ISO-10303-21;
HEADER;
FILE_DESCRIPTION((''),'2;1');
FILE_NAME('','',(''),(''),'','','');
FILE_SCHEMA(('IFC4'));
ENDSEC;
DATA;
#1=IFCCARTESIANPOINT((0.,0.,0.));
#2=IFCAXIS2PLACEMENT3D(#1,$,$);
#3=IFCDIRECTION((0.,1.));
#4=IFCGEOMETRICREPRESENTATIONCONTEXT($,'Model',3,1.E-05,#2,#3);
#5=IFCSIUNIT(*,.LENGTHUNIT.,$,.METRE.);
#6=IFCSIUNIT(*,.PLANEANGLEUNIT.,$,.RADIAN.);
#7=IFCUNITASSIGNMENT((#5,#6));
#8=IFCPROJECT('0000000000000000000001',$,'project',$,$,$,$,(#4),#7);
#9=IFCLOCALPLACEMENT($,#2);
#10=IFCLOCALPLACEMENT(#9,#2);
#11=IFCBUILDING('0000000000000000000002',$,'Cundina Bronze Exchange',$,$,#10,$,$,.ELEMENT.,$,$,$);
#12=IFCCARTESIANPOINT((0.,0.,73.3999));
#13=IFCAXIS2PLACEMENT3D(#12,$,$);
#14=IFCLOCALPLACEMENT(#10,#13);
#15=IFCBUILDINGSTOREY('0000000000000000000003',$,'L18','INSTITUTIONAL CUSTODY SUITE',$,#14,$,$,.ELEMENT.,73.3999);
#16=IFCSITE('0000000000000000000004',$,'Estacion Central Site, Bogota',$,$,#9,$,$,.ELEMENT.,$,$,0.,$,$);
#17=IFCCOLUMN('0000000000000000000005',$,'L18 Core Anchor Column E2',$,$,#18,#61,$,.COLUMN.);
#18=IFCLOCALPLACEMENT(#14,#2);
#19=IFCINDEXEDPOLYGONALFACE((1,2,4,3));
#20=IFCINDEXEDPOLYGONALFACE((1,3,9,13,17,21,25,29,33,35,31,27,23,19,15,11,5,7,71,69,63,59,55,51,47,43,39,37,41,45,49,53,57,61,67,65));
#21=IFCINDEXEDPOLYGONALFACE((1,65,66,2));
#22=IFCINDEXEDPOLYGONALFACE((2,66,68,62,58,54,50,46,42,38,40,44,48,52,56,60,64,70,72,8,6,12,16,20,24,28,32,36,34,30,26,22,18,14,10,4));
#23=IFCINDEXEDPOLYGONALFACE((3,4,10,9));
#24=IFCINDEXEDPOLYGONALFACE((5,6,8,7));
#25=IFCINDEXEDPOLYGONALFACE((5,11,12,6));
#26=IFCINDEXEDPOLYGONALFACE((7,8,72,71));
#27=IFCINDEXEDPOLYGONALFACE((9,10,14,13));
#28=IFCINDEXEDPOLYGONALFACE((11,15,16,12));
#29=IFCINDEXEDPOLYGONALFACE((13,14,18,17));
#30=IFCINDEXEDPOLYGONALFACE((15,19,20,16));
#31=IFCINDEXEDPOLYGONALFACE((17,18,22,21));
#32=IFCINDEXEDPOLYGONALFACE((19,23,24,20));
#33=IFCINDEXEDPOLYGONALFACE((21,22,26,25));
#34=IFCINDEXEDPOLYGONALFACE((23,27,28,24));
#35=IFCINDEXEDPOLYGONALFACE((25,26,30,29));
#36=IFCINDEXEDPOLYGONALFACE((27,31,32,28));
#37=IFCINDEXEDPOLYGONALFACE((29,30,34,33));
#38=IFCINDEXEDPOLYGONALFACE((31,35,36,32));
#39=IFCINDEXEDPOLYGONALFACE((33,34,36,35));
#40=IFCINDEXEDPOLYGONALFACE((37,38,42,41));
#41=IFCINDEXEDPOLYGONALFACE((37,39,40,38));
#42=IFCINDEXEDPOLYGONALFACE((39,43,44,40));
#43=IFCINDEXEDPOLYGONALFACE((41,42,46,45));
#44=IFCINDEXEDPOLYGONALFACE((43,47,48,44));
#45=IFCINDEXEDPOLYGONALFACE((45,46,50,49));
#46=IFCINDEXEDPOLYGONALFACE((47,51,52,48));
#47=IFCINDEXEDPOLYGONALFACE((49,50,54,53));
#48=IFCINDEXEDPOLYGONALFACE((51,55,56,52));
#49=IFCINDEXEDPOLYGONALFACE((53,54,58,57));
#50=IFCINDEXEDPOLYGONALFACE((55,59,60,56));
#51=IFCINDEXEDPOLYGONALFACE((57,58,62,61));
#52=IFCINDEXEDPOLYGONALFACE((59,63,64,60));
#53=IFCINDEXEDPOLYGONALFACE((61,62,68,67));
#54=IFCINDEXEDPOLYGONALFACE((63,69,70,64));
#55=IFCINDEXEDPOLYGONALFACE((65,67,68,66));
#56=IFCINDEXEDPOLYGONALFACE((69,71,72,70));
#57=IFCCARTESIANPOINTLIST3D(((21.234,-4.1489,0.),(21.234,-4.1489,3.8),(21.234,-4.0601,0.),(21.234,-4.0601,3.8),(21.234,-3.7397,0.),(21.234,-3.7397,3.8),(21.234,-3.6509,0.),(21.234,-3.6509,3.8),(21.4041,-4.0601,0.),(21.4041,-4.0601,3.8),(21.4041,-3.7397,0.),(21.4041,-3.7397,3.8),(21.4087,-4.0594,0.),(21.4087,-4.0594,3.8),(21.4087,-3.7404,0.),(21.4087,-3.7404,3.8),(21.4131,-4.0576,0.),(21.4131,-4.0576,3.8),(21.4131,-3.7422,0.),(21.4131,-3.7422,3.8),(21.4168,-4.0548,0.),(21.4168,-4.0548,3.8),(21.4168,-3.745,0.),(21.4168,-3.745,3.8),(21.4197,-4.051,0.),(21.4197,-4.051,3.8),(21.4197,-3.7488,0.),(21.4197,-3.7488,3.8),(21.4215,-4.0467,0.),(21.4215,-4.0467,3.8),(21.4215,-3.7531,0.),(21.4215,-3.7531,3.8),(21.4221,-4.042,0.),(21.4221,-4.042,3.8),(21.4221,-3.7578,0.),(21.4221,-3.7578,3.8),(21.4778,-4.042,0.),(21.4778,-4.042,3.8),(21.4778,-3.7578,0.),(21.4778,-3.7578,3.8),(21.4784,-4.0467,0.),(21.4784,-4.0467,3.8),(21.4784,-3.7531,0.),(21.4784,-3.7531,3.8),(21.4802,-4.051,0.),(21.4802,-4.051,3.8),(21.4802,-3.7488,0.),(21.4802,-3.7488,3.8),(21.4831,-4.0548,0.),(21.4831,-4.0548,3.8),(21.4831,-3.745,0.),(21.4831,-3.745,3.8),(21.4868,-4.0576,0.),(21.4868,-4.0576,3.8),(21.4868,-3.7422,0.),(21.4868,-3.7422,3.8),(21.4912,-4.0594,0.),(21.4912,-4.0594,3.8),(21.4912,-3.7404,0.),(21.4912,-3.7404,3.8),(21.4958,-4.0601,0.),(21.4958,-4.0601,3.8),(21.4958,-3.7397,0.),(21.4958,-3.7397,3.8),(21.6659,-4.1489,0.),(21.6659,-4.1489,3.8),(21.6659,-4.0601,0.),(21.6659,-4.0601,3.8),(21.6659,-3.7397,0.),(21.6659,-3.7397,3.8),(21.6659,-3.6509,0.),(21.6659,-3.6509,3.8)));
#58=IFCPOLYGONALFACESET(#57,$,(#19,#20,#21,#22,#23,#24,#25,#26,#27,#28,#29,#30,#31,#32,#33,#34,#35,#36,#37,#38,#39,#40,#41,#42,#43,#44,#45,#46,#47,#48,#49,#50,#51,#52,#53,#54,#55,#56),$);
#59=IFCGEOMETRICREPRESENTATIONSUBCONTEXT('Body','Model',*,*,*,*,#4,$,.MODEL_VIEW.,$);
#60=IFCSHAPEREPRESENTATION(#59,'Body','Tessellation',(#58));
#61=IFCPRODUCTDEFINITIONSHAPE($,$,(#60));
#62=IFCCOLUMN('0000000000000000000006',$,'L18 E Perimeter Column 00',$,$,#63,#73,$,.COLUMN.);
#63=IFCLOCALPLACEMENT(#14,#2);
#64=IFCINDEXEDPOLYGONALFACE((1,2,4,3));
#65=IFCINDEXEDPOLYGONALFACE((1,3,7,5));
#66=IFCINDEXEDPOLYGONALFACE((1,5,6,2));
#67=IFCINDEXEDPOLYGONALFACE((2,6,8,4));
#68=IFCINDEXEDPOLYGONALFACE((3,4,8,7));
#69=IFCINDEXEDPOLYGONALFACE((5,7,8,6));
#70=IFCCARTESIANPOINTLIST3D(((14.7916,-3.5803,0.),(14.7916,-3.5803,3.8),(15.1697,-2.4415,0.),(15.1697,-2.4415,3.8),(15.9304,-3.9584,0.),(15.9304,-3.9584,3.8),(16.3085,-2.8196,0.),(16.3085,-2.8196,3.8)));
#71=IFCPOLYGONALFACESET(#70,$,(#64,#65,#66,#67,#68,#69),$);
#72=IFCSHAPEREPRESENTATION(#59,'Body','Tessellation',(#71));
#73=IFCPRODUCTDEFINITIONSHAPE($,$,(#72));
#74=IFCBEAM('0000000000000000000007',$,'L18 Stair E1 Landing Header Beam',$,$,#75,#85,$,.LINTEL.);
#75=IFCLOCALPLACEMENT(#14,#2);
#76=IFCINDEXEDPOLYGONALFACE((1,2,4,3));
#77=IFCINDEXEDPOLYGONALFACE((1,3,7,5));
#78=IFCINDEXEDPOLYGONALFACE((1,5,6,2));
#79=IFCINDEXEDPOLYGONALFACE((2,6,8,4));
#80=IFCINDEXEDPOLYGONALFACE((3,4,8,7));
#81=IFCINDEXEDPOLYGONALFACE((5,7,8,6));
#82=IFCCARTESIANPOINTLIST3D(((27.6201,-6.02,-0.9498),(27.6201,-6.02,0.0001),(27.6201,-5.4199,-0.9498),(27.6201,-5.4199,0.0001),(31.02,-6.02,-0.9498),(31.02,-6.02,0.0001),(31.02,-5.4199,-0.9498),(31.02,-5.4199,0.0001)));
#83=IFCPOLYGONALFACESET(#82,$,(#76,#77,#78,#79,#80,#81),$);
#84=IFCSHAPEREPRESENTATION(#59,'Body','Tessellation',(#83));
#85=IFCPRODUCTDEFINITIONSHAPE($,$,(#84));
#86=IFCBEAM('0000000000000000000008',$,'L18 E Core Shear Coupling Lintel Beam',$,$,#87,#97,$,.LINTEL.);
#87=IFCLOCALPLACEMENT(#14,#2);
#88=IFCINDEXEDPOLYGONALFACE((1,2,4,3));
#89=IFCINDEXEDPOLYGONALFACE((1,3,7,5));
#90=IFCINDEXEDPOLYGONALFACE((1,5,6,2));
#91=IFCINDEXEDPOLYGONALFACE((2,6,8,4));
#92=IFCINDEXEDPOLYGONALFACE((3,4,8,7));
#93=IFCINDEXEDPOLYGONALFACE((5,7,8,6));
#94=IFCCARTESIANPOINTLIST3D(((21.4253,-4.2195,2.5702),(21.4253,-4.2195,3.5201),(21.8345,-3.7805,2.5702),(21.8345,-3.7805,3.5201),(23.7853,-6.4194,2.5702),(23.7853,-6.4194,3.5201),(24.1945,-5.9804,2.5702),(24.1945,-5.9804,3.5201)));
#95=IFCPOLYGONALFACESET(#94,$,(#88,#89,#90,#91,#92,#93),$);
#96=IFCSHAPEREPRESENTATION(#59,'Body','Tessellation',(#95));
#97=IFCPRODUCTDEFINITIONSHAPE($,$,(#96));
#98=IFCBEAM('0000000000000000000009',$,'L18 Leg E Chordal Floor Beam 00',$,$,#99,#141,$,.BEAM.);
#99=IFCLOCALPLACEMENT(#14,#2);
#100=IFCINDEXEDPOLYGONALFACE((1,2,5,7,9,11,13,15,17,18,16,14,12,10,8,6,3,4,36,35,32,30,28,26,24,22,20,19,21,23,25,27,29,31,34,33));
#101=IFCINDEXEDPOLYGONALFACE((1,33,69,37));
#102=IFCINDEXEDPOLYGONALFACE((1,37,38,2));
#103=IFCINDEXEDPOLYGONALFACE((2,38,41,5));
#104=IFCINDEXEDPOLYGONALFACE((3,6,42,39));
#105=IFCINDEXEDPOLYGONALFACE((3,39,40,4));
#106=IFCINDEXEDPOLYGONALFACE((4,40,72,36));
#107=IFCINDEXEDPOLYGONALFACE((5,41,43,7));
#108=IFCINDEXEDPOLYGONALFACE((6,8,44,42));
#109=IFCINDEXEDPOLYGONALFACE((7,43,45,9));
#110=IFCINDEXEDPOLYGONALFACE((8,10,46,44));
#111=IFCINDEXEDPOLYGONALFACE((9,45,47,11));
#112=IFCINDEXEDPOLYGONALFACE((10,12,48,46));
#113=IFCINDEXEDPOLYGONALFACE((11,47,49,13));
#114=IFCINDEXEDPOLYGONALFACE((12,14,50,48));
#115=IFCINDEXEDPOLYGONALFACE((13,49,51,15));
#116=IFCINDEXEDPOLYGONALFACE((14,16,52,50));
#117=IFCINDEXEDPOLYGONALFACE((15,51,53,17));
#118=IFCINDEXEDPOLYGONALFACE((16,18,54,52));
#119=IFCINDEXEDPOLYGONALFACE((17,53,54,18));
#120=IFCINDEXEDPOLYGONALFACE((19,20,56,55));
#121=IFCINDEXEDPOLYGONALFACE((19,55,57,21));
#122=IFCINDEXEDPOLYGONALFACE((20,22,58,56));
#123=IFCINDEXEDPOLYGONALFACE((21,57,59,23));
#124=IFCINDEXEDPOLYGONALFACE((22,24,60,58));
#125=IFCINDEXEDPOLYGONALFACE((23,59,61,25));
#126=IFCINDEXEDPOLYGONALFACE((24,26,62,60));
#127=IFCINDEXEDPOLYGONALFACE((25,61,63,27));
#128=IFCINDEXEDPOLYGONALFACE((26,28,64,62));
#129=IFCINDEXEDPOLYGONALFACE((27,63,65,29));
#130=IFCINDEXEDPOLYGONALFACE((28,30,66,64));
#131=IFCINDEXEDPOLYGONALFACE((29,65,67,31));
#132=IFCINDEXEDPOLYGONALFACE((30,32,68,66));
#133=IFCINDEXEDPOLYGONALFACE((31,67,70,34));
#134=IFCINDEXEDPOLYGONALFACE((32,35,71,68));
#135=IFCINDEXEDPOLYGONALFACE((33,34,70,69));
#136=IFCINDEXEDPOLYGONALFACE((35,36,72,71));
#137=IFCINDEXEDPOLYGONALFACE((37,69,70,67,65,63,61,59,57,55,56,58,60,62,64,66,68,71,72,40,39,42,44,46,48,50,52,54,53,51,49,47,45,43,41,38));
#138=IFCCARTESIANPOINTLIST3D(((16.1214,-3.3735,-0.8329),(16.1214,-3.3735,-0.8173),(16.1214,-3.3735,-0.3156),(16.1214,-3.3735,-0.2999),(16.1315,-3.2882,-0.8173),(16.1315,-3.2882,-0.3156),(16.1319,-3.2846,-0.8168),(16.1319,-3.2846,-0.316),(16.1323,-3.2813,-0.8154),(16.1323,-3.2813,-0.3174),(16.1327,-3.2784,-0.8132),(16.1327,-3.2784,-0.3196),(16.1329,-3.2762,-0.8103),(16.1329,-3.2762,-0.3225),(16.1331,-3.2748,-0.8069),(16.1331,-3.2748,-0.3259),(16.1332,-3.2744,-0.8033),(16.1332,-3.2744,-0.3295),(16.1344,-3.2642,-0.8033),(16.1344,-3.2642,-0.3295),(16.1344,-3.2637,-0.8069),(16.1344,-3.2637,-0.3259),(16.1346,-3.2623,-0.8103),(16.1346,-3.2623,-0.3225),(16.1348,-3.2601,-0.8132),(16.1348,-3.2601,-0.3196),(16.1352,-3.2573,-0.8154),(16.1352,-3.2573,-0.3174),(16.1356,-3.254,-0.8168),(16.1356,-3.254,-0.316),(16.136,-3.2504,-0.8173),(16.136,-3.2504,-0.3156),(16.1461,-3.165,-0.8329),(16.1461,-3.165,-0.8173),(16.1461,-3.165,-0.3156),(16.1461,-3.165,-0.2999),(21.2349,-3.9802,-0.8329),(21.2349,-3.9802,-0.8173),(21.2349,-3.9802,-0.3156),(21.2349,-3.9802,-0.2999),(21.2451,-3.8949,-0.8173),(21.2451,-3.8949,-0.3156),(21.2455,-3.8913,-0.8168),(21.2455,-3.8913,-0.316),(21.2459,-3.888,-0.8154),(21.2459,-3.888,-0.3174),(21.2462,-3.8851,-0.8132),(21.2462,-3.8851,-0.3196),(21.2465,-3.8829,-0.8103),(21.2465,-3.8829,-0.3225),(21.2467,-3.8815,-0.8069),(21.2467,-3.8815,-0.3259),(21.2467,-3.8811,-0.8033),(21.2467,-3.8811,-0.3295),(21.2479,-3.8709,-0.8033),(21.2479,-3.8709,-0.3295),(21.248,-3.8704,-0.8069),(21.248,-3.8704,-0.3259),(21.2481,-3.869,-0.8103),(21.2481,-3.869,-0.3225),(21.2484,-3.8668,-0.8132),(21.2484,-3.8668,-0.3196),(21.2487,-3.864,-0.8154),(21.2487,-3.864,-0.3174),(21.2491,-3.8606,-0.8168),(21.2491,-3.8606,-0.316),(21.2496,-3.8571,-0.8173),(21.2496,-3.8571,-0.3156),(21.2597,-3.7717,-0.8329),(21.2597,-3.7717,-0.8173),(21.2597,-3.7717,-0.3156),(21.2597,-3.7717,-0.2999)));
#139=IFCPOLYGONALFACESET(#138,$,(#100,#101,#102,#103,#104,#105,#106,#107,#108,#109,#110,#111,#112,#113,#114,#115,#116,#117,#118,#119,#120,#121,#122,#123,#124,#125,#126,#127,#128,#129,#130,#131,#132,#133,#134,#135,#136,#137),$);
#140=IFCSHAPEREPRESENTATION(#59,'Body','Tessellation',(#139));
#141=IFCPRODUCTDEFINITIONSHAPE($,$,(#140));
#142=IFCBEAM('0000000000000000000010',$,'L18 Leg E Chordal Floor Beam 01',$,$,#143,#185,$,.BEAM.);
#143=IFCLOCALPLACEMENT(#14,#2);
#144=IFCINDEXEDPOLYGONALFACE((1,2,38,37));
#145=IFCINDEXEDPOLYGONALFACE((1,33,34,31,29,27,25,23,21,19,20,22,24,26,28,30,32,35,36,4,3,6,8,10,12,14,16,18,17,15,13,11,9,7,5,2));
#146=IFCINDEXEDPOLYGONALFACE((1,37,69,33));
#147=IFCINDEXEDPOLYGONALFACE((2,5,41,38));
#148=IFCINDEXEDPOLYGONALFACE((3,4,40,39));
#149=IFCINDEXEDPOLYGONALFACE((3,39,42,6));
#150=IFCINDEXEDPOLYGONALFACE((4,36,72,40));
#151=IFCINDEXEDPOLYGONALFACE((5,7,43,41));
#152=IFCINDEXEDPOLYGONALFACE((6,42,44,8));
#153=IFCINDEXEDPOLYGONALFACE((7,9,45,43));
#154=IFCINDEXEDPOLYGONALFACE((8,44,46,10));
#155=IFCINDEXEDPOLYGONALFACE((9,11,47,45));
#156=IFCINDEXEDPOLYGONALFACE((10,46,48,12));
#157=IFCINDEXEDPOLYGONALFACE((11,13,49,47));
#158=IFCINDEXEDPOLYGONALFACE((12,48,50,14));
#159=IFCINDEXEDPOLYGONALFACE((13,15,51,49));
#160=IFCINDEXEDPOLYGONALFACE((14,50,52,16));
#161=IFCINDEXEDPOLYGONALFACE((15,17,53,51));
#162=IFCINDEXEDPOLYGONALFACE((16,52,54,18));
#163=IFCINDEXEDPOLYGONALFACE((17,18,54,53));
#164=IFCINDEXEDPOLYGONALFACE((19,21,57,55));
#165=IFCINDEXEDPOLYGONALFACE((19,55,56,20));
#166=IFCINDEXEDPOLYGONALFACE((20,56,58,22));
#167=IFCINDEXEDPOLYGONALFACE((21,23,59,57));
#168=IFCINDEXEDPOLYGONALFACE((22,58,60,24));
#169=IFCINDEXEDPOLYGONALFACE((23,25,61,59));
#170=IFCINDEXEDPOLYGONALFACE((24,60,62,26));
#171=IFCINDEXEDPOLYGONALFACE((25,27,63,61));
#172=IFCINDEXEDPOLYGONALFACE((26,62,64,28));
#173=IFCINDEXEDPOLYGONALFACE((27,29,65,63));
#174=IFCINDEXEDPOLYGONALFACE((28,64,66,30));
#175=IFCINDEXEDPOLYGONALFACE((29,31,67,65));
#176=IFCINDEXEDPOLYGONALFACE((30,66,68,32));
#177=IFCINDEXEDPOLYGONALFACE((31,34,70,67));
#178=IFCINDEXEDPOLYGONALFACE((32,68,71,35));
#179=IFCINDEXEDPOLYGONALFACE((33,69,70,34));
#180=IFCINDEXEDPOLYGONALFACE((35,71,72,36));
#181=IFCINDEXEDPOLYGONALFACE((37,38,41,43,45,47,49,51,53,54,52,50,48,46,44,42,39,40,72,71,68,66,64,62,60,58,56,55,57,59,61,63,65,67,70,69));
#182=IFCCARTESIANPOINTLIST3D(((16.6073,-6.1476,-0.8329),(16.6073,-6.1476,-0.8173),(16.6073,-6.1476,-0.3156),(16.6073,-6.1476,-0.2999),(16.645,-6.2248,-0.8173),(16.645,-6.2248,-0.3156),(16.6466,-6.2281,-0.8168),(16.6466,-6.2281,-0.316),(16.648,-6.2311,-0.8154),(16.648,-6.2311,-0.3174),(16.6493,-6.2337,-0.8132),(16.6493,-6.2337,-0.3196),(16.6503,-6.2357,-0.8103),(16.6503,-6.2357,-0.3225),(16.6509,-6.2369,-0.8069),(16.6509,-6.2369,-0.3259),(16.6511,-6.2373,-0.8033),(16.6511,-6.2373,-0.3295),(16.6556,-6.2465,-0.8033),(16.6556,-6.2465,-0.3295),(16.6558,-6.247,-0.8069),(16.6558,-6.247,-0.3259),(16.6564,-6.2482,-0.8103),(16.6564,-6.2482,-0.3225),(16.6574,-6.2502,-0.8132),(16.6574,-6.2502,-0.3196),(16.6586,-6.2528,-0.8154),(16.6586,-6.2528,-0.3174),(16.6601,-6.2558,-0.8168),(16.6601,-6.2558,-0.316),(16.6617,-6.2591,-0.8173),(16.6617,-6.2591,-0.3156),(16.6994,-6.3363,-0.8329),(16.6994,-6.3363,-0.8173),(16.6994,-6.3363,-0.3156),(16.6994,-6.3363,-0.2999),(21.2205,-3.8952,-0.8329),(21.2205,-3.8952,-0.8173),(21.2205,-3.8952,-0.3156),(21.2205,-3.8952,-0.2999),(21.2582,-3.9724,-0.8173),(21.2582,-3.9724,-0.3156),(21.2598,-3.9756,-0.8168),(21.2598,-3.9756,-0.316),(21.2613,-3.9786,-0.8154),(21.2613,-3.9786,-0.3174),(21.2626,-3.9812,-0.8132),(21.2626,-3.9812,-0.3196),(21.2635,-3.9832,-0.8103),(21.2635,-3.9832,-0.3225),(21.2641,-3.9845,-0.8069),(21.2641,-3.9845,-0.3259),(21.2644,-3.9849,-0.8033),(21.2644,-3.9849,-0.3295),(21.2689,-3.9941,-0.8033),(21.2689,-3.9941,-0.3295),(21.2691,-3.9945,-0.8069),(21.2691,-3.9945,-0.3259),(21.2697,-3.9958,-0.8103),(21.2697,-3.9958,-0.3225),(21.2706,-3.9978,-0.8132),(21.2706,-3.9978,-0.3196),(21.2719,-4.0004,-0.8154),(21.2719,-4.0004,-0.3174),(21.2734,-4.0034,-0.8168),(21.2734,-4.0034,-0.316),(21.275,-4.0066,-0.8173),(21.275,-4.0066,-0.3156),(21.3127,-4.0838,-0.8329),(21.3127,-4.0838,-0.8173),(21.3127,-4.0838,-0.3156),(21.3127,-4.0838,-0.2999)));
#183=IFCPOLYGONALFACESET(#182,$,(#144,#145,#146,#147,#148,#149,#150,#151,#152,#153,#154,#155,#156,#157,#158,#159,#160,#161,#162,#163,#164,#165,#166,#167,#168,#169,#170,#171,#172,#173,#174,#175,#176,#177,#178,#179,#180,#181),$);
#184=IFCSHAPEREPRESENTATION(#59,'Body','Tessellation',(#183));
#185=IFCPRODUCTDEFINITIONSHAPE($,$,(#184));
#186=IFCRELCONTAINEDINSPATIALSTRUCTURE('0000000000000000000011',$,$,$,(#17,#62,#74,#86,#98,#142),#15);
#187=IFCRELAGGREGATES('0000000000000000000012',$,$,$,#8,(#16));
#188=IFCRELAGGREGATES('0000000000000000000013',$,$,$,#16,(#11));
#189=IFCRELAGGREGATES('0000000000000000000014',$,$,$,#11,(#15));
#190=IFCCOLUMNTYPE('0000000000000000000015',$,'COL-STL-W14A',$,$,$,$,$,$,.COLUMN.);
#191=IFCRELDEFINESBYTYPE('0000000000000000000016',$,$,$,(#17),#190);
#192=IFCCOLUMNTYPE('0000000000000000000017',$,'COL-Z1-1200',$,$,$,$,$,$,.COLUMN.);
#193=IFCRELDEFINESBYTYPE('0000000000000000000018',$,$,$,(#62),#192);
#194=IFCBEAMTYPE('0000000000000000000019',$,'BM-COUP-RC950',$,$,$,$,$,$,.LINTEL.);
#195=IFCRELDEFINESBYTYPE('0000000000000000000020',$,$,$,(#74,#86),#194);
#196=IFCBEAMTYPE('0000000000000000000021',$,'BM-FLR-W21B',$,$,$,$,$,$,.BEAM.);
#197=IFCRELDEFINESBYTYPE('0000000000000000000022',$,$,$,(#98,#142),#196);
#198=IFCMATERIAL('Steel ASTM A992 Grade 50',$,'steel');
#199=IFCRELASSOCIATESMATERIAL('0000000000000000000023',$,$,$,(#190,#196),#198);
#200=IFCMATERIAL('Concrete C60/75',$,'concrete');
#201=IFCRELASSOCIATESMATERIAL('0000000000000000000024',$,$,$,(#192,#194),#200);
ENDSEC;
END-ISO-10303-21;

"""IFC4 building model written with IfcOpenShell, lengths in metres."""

from ifc_helpers import new_model, si_unit, direction, frame, origin, origin_2d, place, context, subcontext, project, spatial, rectangle, i_section, extrude, material, material_profile, profile_set, type_object, element, save


model = new_model("IFC4")

# Units and contexts
model_context = context("Model", 3, precision=1e-05, world=origin(), true_north=direction((0.0, 1.0)))
body_context = subcontext(model_context, "Body", "Model", "MODEL_VIEW")
ifc_project = project(units=[si_unit("LENGTHUNIT", "METRE"), si_unit("PLANEANGLEUNIT", "RADIAN")], contexts=[model_context])

# Site, building, storey
site_placement = place(None, origin())
site = spatial("IfcSite", under=ifc_project, at=site_placement, Name="Estacion Central Site, Bogota", CompositionType="ELEMENT", RefElevation=0.0)
building_placement = place(site_placement, origin())
building = spatial("IfcBuilding", under=site, at=building_placement, Name="Cundina Bronze Exchange", CompositionType="ELEMENT")
storey_placement = place(building_placement, frame((0.0, 0.0, 73.3999)))
storey = spatial("IfcBuildingStorey", under=building, at=storey_placement, Name="L18", Description="INSTITUTIONAL CUSTODY SUITE", CompositionType="ELEMENT", Elevation=73.3999)

# Columns
ifc_material_1 = material(Name="Steel ASTM A992 Grade 50", Category="steel")
ifc_material_profile_1 = material_profile(ifc_material_1, i_section(OverallWidth=0.4319, OverallDepth=0.498, WebThickness=0.0557, FlangeThickness=0.0889, FilletRadius=0.0181, at=origin_2d()), Name="W14X500", Category="steel")
ifc_profile_set_1 = profile_set([ifc_material_profile_1], Name="Steel ASTM A992 Grade 50")
column_type_1 = type_object("IfcColumnType", Name="COL-STL-W14A", PredefinedType="COLUMN", material=ifc_profile_set_1)
column_1_placement = place(storey_placement, frame((21.45, -3.8999, 0.0), z_axis=(0.0, 0.0, 1.0), x_axis=(1.0, 0.0, 0.0)))
element("IfcColumn", 1, at=column_1_placement, inside=storey, type_object=column_type_1, Name="L18 Core Anchor Column E2", PredefinedType="COLUMN", context=body_context, shape_type="SweptSolid", body=[
    extrude(i_section(OverallWidth=0.4319, OverallDepth=0.498, WebThickness=0.0557, FlangeThickness=0.0889, FilletRadius=0.0181, at=origin_2d()), origin(), (0.0, 0.0, 1.0), 3.8),
])
ifc_material_2 = material(Name="Concrete C60/75", Category="concrete")
ifc_material_profile_2 = material_profile(ifc_material_2, rectangle(XDim=1.2, YDim=1.2, at=origin_2d()), Name="RC1200X1200", Category="concrete")
ifc_profile_set_2 = profile_set([ifc_material_profile_2], Name="Concrete C60/75")
column_type_2 = type_object("IfcColumnType", Name="COL-Z1-1200", PredefinedType="COLUMN", material=ifc_profile_set_2)
column_2_placement = place(storey_placement, frame((15.55, -3.2, 0.0), z_axis=(0.0, 0.0, 1.0), x_axis=(-0.315152, -0.949041, 0.0)))
element("IfcColumn", 2, at=column_2_placement, inside=storey, type_object=column_type_2, Name="L18 E Perimeter Column 00", PredefinedType="COLUMN", context=body_context, shape_type="SweptSolid", body=[
    extrude(rectangle(XDim=1.2, YDim=1.2, at=origin_2d()), origin(), (0.0, 0.0, 1.0), 3.8),
])

# Beams
ifc_material_profile_3 = material_profile(ifc_material_2, rectangle(XDim=0.6001, YDim=0.95, at=origin_2d()), Name="RC600X950", Category="concrete")
ifc_profile_set_3 = profile_set([ifc_material_profile_3], Name="Concrete C60/75")
beam_type_1 = type_object("IfcBeamType", Name="BM-COUP-RC950", PredefinedType="LINTEL", material=ifc_profile_set_3)
beam_1_placement = place(storey_placement, frame((27.6201, -5.72, -0.4749), z_axis=(1.0, 0.0, 0.0), x_axis=(0.0, 1.0, 0.0)))
element("IfcBeam", 3, at=beam_1_placement, inside=storey, type_object=beam_type_1, Name="L18 Stair E1 Landing Header Beam", PredefinedType="LINTEL", context=body_context, shape_type="SweptSolid", body=[
    extrude(rectangle(XDim=0.6001, YDim=0.95, at=origin_2d()), origin(), (0.0, 0.0, 1.0), 3.3999),
])
beam_2_placement = place(storey_placement, frame((21.6299, -4.0, 3.0452), z_axis=(0.73149, -0.681852, 0.0), x_axis=(0.681852, 0.73149, 0.0)))
element("IfcBeam", 4, at=beam_2_placement, inside=storey, type_object=beam_type_1, Name="L18 E Core Shear Coupling Lintel Beam", PredefinedType="LINTEL", context=body_context, shape_type="SweptSolid", body=[
    extrude(rectangle(XDim=0.6001, YDim=0.95, at=origin_2d()), origin(), (0.0, 0.0, 1.0), 3.2263),
])
ifc_material_profile_4 = material_profile(ifc_material_1, i_section(OverallWidth=0.21, OverallDepth=0.533, WebThickness=0.0103, FlangeThickness=0.0156, FilletRadius=0.0139, at=origin_2d()), Name="W21X62", Category="steel")
ifc_profile_set_4 = profile_set([ifc_material_profile_4], Name="Steel ASTM A992 Grade 50")
beam_type_2 = type_object("IfcBeamType", Name="BM-FLR-W21B", PredefinedType="BEAM", material=ifc_profile_set_4)
beam_3_placement = place(storey_placement, frame((21.2473, -3.876, -0.5664), z_axis=(-0.993035, 0.117818, 0.0), x_axis=(-0.117818, -0.993035, 0.0)))
element("IfcBeam", 5, at=beam_3_placement, inside=storey, type_object=beam_type_2, Name="L18 Leg E Chordal Floor Beam 00", PredefinedType="BEAM", context=body_context, shape_type="SweptSolid", body=[
    extrude(i_section(OverallWidth=0.21, OverallDepth=0.533, WebThickness=0.0103, FlangeThickness=0.0156, FilletRadius=0.0139, at=origin_2d()), origin(), (0.0, 0.0, 1.0), 5.1494),
])
beam_4_placement = place(storey_placement, frame((21.2666, -3.9895, -0.5664), z_axis=(-0.89861, -0.438748, 0.0), x_axis=(0.438748, -0.89861, 0.0)))
element("IfcBeam", 6, at=beam_4_placement, inside=storey, type_object=beam_type_2, Name="L18 Leg E Chordal Floor Beam 01", PredefinedType="BEAM", context=body_context, shape_type="SweptSolid", body=[
    extrude(i_section(OverallWidth=0.21, OverallDepth=0.533, WebThickness=0.0103, FlangeThickness=0.0156, FilletRadius=0.0139, at=origin_2d()), origin(), (0.0, 0.0, 1.0), 5.1338),
])

save(model, "model.ifc")
